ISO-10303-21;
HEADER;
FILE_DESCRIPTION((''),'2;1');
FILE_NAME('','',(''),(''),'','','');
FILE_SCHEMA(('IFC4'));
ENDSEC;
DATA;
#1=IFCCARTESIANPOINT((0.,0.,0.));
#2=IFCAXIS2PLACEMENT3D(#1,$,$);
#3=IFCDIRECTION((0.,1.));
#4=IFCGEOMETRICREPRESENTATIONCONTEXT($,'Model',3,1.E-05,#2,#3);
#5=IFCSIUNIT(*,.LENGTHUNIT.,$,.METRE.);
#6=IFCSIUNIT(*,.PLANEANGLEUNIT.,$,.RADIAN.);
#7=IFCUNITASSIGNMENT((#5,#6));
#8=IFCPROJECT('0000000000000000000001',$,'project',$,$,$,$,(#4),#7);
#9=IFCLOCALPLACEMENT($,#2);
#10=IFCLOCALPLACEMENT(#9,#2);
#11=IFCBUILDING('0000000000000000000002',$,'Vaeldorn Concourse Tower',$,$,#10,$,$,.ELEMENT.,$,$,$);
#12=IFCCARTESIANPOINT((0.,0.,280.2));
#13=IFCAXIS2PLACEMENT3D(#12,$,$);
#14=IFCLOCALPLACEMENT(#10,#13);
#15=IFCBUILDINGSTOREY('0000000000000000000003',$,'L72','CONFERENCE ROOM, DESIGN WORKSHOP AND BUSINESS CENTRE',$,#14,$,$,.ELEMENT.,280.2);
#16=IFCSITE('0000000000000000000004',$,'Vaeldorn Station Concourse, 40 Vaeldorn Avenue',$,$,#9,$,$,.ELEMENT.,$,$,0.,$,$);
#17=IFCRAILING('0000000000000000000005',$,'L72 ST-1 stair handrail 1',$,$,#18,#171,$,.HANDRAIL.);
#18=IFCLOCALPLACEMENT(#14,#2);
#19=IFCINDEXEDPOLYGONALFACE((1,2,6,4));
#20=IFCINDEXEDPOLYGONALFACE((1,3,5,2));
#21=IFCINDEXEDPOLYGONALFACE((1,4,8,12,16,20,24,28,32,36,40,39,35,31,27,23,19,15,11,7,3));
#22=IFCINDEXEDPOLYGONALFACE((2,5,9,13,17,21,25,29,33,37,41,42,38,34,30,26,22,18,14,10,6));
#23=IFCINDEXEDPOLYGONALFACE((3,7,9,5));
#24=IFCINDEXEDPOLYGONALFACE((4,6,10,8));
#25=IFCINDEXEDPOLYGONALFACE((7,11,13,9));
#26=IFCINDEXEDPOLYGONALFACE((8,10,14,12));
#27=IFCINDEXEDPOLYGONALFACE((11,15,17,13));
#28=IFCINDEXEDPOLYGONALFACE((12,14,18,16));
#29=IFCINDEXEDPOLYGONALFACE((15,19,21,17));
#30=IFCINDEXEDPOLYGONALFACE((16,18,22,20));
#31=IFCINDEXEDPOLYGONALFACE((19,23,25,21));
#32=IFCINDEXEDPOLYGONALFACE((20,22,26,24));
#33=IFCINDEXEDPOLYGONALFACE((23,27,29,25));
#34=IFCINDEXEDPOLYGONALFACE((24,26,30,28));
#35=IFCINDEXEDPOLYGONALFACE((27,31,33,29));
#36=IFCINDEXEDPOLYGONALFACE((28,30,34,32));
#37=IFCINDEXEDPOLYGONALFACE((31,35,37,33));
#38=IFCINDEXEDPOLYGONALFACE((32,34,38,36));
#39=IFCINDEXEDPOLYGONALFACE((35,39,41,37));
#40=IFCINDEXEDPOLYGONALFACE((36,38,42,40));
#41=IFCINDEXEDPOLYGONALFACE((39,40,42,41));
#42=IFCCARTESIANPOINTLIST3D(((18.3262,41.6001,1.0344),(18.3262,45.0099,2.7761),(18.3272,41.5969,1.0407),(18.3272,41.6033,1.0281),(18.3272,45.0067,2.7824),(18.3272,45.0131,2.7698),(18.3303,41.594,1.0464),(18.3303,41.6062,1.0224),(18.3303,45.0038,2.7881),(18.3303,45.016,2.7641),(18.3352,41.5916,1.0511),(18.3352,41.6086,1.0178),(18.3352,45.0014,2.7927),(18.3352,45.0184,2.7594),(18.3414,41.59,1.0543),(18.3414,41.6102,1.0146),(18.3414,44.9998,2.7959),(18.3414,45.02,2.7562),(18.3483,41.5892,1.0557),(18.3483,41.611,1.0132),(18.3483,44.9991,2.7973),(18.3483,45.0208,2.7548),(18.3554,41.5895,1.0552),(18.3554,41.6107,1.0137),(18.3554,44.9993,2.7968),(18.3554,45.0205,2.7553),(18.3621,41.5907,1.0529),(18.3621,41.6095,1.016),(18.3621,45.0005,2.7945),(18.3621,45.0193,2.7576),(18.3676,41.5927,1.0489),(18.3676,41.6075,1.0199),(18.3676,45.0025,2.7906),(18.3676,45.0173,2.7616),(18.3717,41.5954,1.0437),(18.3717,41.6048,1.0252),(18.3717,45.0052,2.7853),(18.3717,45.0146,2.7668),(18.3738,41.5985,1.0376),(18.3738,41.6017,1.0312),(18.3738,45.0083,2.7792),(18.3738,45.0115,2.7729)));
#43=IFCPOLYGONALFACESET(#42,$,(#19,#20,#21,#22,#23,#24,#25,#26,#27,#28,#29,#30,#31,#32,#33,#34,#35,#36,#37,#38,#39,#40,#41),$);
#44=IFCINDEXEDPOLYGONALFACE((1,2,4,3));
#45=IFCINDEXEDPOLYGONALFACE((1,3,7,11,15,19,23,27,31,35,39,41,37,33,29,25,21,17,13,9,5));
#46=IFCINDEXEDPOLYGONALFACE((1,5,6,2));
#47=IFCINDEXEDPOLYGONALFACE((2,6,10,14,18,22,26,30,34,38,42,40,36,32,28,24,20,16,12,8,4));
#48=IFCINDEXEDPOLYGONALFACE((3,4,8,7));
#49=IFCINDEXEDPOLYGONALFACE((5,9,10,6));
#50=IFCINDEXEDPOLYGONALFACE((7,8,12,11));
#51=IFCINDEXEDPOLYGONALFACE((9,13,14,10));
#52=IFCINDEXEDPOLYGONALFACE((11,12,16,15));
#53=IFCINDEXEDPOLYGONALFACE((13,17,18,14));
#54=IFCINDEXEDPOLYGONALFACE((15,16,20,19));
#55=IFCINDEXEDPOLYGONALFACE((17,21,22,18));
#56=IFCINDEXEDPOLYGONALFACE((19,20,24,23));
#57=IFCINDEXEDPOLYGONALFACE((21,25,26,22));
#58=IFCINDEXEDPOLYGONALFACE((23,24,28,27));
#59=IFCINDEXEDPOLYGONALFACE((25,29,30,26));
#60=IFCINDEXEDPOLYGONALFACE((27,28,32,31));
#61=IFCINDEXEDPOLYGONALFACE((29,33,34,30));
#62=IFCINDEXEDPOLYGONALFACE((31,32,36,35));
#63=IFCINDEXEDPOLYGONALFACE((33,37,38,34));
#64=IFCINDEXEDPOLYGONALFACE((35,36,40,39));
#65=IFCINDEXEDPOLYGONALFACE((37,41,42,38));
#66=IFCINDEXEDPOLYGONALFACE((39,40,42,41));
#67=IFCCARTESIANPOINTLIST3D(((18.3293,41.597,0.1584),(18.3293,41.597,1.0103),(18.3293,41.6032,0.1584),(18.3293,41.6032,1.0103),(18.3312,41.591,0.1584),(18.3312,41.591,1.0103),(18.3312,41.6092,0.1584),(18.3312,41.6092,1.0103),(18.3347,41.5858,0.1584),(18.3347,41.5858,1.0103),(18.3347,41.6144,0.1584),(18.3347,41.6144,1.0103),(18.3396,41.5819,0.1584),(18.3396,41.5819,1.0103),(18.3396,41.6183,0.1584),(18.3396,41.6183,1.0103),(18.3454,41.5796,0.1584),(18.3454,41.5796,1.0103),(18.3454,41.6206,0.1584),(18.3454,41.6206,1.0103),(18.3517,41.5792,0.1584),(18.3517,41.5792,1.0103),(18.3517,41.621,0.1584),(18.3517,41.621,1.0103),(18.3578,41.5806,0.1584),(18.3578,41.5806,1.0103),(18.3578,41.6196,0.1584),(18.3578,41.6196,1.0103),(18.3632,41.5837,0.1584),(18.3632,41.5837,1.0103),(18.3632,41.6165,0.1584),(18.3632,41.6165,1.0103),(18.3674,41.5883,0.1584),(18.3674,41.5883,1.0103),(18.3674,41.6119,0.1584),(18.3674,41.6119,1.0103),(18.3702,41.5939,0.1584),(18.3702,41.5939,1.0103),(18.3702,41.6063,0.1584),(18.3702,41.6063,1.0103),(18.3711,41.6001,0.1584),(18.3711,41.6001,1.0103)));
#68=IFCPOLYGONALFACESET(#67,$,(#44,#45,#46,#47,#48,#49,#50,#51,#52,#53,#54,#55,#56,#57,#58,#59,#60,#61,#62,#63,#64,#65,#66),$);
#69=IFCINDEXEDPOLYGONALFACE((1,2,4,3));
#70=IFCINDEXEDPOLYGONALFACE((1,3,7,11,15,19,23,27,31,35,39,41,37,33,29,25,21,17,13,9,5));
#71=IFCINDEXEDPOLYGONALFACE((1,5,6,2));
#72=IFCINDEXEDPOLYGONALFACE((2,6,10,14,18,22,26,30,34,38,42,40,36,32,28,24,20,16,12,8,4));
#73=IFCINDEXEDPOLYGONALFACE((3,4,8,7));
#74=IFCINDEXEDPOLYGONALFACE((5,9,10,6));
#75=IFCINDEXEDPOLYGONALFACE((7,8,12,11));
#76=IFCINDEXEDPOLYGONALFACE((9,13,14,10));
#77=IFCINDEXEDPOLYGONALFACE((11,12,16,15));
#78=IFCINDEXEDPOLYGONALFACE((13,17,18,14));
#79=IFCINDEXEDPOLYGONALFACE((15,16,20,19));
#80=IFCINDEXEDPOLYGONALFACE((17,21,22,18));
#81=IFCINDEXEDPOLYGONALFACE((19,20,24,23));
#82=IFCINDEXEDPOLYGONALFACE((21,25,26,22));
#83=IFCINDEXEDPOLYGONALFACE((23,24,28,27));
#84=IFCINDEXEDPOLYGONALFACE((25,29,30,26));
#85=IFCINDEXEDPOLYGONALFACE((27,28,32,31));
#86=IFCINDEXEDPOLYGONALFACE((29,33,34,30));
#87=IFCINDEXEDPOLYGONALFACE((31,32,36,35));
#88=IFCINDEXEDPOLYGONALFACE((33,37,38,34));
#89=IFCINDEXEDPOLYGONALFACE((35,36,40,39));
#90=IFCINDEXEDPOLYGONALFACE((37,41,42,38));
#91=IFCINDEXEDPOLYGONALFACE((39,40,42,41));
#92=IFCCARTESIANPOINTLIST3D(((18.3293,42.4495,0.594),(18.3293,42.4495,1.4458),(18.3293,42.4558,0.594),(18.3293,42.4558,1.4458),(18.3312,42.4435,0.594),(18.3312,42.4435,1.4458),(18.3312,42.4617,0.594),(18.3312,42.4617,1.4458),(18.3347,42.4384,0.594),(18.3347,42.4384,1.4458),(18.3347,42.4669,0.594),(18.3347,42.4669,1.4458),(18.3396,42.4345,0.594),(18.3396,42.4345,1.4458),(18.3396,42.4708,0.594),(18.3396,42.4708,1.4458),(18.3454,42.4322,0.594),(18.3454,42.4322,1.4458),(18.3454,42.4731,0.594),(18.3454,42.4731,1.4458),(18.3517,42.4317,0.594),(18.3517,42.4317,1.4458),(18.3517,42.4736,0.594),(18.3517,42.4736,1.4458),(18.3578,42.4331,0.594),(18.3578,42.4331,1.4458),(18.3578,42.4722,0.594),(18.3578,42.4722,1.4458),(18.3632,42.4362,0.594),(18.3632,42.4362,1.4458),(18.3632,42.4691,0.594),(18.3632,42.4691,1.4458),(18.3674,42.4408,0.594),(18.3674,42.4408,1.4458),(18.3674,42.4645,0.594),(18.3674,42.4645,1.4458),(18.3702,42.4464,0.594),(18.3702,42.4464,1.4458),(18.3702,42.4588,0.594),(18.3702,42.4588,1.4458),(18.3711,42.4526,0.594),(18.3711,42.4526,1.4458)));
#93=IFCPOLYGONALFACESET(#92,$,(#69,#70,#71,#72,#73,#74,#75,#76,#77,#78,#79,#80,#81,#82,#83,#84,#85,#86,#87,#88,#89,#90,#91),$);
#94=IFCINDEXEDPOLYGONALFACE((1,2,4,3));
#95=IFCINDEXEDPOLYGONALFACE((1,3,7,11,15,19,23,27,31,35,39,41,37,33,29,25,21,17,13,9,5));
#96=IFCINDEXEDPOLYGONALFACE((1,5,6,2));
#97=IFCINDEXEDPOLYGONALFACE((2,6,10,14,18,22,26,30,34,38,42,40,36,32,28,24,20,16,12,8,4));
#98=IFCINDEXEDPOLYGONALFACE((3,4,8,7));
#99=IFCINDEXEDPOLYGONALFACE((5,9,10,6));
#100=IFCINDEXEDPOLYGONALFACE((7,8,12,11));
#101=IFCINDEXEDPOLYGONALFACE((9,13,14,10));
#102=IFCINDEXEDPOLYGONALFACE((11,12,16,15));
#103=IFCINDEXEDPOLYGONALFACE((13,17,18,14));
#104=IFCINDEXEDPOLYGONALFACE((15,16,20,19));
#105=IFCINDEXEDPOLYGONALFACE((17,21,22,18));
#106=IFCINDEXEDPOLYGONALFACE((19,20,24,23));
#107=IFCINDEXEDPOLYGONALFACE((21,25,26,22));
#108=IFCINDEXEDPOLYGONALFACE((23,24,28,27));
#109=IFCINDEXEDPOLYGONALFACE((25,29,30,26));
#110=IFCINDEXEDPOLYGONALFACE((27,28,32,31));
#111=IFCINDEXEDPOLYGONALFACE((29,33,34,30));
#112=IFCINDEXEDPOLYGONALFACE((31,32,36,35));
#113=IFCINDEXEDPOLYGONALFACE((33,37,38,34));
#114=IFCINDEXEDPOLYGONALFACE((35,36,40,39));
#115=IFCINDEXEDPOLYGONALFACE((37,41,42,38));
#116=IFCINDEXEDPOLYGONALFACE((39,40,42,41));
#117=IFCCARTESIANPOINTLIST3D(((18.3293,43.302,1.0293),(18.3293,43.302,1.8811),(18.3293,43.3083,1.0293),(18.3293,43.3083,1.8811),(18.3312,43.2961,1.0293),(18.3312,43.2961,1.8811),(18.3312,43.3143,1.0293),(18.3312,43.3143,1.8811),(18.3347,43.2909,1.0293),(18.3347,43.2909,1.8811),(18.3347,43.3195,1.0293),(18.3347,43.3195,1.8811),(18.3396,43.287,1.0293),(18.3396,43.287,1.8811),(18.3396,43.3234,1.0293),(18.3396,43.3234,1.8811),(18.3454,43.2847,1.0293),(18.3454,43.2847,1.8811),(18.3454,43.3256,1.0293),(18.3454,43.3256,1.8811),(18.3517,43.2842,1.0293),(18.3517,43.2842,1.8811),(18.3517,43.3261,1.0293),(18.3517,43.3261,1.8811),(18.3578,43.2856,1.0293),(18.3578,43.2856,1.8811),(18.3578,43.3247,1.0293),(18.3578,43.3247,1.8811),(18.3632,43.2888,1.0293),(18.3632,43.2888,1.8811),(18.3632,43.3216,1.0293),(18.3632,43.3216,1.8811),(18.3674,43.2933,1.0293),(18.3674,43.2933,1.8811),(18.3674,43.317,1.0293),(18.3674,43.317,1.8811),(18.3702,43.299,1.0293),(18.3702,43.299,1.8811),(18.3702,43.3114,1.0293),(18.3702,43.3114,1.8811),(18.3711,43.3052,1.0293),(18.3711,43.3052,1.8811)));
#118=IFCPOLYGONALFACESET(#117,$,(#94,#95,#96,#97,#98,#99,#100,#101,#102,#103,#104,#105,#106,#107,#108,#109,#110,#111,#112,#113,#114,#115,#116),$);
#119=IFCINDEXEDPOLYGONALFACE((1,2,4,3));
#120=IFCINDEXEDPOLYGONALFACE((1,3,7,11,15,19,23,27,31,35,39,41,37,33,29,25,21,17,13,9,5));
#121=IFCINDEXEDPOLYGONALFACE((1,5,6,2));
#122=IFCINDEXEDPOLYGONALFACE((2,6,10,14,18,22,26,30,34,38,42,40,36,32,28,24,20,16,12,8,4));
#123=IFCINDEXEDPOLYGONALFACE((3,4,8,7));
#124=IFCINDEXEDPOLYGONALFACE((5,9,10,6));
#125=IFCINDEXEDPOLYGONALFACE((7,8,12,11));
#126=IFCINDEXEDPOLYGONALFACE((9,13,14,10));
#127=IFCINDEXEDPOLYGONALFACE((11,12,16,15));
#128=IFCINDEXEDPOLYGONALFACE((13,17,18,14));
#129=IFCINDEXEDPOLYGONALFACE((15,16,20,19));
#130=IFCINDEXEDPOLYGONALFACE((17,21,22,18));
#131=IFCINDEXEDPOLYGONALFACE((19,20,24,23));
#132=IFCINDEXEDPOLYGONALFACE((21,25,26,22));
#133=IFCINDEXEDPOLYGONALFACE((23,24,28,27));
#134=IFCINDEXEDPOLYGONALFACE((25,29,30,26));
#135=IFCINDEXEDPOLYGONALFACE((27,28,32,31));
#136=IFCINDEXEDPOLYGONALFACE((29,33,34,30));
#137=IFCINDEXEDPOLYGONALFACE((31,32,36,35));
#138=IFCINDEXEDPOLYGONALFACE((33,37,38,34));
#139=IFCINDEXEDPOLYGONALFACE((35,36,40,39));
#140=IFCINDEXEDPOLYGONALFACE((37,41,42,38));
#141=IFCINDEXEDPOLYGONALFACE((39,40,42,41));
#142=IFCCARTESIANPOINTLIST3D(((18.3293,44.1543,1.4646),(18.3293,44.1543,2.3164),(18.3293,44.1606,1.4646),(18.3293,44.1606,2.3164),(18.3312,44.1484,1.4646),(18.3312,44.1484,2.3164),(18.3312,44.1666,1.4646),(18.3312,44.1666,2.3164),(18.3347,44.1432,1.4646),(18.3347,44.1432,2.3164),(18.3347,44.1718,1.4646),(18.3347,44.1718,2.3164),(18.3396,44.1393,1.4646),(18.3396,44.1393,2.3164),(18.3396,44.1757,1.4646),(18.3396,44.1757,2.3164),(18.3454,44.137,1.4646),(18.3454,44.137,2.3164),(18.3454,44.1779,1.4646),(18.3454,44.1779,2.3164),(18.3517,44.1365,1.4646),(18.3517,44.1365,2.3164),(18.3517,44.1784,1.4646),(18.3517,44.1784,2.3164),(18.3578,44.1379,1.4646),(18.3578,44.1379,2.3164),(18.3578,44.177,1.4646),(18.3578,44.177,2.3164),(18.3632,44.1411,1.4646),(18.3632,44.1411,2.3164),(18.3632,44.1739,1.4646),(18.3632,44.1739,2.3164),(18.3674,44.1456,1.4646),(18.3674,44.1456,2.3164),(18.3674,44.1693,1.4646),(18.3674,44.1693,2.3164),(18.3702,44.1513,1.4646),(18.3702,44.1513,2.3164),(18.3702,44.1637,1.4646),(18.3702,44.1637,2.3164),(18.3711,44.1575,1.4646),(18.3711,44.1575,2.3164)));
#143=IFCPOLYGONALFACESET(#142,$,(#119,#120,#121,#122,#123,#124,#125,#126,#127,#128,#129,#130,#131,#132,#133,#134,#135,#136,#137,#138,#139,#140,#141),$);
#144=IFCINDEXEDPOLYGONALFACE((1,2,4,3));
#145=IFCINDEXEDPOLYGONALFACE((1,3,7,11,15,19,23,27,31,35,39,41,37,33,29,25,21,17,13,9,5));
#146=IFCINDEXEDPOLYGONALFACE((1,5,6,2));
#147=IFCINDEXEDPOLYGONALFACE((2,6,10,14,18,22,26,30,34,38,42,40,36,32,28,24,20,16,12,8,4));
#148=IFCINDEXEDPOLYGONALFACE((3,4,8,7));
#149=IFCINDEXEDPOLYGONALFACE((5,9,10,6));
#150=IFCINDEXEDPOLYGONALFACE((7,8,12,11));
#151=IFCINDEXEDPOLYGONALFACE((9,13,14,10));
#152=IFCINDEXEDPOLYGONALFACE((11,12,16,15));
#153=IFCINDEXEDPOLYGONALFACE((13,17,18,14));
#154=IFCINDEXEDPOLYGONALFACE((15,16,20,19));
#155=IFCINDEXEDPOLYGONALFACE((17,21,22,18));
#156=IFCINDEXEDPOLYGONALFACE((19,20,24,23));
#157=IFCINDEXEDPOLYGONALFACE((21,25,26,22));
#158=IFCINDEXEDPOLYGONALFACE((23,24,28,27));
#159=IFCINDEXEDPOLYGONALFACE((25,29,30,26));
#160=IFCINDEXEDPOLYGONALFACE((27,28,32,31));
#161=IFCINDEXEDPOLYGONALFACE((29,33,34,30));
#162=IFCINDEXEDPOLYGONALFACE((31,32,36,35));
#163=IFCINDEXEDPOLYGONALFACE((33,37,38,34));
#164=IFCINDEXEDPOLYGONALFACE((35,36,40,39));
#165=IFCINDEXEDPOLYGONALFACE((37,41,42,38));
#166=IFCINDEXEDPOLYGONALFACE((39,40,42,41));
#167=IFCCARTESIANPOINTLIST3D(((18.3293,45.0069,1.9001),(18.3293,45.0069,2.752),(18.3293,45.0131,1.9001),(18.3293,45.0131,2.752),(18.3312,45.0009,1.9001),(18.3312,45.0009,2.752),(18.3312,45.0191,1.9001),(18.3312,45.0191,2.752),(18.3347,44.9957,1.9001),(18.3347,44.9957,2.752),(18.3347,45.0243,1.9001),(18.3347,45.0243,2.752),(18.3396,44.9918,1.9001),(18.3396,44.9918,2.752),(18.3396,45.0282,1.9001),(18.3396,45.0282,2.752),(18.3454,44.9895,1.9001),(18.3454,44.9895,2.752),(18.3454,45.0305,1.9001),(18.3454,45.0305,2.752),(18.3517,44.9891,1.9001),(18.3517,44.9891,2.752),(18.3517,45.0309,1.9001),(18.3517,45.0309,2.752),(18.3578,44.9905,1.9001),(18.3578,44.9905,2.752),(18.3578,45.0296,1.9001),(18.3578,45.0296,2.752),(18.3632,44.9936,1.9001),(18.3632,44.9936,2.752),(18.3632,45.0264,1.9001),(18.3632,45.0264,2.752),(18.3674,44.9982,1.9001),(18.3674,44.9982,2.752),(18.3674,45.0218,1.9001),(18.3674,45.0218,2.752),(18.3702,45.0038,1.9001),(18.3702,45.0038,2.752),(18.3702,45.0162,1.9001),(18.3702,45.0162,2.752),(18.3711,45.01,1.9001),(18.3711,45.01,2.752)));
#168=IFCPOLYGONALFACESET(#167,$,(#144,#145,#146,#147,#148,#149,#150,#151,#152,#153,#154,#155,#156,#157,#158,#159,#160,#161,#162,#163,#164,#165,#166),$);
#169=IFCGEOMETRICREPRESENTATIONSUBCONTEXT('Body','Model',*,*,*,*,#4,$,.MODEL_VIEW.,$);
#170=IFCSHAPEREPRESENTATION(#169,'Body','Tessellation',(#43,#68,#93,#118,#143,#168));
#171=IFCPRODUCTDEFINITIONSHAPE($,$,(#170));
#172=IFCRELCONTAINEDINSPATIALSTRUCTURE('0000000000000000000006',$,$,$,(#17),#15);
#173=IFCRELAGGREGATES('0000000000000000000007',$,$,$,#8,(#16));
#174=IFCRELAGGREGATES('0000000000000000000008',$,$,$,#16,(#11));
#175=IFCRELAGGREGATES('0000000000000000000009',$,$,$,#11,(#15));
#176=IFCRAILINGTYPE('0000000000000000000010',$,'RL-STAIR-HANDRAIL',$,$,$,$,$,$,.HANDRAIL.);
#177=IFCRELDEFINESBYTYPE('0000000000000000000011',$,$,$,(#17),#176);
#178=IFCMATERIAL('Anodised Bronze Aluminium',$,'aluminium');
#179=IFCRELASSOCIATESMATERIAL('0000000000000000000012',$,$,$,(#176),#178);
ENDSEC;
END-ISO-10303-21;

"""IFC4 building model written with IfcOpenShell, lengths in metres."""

from ifc_helpers import new_model, si_unit, direction, frame, origin, origin_2d, place, context, subcontext, project, spatial, circle, extrude, material, type_object, element, save


model = new_model("IFC4")

# Units and contexts
model_context = context("Model", 3, precision=1e-05, world=origin(), true_north=direction((0.0, 1.0)))
body_context = subcontext(model_context, "Body", "Model", "MODEL_VIEW")
ifc_project = project(units=[si_unit("LENGTHUNIT", "METRE"), si_unit("PLANEANGLEUNIT", "RADIAN")], contexts=[model_context])

# Site, building, storey
site_placement = place(None, origin())
site = spatial("IfcSite", under=ifc_project, at=site_placement, Name="Vaeldorn Station Concourse, 40 Vaeldorn Avenue", CompositionType="ELEMENT", RefElevation=0.0)
building_placement = place(site_placement, origin())
building = spatial("IfcBuilding", under=site, at=building_placement, Name="Vaeldorn Concourse Tower", CompositionType="ELEMENT")
storey_placement = place(building_placement, frame((0.0, 0.0, 280.2)))
storey = spatial("IfcBuildingStorey", under=building, at=storey_placement, Name="L72", Description="CONFERENCE ROOM, DESIGN WORKSHOP AND BUSINESS CENTRE", CompositionType="ELEMENT", Elevation=280.2)

# Shared definitions
ifc_material_1 = material(Name="Anodised Bronze Aluminium", Category="aluminium")

# Railing
railing_type_1 = type_object("IfcRailingType", Name="RL-STAIR-HANDRAIL", PredefinedType="HANDRAIL", material=ifc_material_1)
railing_1_placement = place(storey_placement, frame((18.3501, 41.6001, 0.1584)))
element("IfcRailing", 1, at=railing_1_placement, inside=storey, type_object=railing_type_1, Name="L72 ST-1 stair handrail 1", PredefinedType="HANDRAIL", context=body_context, shape_type="SweptSolid", body=[
    extrude(circle(Radius=0.0239, at=origin_2d()), frame((0.0, 0.0, 0.876), z_axis=(0.0, 0.890556, 0.454874), x_axis=(-1.0, 0.0, 0.0)), (0.0, 0.0, 1.0), 3.8289),
    extrude(circle(Radius=0.021, at=origin_2d()), origin(), (0.0, 0.0, 1.0), 0.8518),
    extrude(circle(Radius=0.021, at=origin_2d()), frame((0.0, 0.8525, 0.4355)), (0.0, 0.0, 1.0), 0.8518),
    extrude(circle(Radius=0.021, at=origin_2d()), frame((0.0, 1.7051, 0.8708)), (0.0, 0.0, 1.0), 0.8518),
    extrude(circle(Radius=0.021, at=origin_2d()), frame((0.0, 2.5574, 1.3062)), (0.0, 0.0, 1.0), 0.8518),
    extrude(circle(Radius=0.021, at=origin_2d()), frame((0.0, 3.4099, 1.7417)), (0.0, 0.0, 1.0), 0.8518),
])

save(model, "model.ifc")
